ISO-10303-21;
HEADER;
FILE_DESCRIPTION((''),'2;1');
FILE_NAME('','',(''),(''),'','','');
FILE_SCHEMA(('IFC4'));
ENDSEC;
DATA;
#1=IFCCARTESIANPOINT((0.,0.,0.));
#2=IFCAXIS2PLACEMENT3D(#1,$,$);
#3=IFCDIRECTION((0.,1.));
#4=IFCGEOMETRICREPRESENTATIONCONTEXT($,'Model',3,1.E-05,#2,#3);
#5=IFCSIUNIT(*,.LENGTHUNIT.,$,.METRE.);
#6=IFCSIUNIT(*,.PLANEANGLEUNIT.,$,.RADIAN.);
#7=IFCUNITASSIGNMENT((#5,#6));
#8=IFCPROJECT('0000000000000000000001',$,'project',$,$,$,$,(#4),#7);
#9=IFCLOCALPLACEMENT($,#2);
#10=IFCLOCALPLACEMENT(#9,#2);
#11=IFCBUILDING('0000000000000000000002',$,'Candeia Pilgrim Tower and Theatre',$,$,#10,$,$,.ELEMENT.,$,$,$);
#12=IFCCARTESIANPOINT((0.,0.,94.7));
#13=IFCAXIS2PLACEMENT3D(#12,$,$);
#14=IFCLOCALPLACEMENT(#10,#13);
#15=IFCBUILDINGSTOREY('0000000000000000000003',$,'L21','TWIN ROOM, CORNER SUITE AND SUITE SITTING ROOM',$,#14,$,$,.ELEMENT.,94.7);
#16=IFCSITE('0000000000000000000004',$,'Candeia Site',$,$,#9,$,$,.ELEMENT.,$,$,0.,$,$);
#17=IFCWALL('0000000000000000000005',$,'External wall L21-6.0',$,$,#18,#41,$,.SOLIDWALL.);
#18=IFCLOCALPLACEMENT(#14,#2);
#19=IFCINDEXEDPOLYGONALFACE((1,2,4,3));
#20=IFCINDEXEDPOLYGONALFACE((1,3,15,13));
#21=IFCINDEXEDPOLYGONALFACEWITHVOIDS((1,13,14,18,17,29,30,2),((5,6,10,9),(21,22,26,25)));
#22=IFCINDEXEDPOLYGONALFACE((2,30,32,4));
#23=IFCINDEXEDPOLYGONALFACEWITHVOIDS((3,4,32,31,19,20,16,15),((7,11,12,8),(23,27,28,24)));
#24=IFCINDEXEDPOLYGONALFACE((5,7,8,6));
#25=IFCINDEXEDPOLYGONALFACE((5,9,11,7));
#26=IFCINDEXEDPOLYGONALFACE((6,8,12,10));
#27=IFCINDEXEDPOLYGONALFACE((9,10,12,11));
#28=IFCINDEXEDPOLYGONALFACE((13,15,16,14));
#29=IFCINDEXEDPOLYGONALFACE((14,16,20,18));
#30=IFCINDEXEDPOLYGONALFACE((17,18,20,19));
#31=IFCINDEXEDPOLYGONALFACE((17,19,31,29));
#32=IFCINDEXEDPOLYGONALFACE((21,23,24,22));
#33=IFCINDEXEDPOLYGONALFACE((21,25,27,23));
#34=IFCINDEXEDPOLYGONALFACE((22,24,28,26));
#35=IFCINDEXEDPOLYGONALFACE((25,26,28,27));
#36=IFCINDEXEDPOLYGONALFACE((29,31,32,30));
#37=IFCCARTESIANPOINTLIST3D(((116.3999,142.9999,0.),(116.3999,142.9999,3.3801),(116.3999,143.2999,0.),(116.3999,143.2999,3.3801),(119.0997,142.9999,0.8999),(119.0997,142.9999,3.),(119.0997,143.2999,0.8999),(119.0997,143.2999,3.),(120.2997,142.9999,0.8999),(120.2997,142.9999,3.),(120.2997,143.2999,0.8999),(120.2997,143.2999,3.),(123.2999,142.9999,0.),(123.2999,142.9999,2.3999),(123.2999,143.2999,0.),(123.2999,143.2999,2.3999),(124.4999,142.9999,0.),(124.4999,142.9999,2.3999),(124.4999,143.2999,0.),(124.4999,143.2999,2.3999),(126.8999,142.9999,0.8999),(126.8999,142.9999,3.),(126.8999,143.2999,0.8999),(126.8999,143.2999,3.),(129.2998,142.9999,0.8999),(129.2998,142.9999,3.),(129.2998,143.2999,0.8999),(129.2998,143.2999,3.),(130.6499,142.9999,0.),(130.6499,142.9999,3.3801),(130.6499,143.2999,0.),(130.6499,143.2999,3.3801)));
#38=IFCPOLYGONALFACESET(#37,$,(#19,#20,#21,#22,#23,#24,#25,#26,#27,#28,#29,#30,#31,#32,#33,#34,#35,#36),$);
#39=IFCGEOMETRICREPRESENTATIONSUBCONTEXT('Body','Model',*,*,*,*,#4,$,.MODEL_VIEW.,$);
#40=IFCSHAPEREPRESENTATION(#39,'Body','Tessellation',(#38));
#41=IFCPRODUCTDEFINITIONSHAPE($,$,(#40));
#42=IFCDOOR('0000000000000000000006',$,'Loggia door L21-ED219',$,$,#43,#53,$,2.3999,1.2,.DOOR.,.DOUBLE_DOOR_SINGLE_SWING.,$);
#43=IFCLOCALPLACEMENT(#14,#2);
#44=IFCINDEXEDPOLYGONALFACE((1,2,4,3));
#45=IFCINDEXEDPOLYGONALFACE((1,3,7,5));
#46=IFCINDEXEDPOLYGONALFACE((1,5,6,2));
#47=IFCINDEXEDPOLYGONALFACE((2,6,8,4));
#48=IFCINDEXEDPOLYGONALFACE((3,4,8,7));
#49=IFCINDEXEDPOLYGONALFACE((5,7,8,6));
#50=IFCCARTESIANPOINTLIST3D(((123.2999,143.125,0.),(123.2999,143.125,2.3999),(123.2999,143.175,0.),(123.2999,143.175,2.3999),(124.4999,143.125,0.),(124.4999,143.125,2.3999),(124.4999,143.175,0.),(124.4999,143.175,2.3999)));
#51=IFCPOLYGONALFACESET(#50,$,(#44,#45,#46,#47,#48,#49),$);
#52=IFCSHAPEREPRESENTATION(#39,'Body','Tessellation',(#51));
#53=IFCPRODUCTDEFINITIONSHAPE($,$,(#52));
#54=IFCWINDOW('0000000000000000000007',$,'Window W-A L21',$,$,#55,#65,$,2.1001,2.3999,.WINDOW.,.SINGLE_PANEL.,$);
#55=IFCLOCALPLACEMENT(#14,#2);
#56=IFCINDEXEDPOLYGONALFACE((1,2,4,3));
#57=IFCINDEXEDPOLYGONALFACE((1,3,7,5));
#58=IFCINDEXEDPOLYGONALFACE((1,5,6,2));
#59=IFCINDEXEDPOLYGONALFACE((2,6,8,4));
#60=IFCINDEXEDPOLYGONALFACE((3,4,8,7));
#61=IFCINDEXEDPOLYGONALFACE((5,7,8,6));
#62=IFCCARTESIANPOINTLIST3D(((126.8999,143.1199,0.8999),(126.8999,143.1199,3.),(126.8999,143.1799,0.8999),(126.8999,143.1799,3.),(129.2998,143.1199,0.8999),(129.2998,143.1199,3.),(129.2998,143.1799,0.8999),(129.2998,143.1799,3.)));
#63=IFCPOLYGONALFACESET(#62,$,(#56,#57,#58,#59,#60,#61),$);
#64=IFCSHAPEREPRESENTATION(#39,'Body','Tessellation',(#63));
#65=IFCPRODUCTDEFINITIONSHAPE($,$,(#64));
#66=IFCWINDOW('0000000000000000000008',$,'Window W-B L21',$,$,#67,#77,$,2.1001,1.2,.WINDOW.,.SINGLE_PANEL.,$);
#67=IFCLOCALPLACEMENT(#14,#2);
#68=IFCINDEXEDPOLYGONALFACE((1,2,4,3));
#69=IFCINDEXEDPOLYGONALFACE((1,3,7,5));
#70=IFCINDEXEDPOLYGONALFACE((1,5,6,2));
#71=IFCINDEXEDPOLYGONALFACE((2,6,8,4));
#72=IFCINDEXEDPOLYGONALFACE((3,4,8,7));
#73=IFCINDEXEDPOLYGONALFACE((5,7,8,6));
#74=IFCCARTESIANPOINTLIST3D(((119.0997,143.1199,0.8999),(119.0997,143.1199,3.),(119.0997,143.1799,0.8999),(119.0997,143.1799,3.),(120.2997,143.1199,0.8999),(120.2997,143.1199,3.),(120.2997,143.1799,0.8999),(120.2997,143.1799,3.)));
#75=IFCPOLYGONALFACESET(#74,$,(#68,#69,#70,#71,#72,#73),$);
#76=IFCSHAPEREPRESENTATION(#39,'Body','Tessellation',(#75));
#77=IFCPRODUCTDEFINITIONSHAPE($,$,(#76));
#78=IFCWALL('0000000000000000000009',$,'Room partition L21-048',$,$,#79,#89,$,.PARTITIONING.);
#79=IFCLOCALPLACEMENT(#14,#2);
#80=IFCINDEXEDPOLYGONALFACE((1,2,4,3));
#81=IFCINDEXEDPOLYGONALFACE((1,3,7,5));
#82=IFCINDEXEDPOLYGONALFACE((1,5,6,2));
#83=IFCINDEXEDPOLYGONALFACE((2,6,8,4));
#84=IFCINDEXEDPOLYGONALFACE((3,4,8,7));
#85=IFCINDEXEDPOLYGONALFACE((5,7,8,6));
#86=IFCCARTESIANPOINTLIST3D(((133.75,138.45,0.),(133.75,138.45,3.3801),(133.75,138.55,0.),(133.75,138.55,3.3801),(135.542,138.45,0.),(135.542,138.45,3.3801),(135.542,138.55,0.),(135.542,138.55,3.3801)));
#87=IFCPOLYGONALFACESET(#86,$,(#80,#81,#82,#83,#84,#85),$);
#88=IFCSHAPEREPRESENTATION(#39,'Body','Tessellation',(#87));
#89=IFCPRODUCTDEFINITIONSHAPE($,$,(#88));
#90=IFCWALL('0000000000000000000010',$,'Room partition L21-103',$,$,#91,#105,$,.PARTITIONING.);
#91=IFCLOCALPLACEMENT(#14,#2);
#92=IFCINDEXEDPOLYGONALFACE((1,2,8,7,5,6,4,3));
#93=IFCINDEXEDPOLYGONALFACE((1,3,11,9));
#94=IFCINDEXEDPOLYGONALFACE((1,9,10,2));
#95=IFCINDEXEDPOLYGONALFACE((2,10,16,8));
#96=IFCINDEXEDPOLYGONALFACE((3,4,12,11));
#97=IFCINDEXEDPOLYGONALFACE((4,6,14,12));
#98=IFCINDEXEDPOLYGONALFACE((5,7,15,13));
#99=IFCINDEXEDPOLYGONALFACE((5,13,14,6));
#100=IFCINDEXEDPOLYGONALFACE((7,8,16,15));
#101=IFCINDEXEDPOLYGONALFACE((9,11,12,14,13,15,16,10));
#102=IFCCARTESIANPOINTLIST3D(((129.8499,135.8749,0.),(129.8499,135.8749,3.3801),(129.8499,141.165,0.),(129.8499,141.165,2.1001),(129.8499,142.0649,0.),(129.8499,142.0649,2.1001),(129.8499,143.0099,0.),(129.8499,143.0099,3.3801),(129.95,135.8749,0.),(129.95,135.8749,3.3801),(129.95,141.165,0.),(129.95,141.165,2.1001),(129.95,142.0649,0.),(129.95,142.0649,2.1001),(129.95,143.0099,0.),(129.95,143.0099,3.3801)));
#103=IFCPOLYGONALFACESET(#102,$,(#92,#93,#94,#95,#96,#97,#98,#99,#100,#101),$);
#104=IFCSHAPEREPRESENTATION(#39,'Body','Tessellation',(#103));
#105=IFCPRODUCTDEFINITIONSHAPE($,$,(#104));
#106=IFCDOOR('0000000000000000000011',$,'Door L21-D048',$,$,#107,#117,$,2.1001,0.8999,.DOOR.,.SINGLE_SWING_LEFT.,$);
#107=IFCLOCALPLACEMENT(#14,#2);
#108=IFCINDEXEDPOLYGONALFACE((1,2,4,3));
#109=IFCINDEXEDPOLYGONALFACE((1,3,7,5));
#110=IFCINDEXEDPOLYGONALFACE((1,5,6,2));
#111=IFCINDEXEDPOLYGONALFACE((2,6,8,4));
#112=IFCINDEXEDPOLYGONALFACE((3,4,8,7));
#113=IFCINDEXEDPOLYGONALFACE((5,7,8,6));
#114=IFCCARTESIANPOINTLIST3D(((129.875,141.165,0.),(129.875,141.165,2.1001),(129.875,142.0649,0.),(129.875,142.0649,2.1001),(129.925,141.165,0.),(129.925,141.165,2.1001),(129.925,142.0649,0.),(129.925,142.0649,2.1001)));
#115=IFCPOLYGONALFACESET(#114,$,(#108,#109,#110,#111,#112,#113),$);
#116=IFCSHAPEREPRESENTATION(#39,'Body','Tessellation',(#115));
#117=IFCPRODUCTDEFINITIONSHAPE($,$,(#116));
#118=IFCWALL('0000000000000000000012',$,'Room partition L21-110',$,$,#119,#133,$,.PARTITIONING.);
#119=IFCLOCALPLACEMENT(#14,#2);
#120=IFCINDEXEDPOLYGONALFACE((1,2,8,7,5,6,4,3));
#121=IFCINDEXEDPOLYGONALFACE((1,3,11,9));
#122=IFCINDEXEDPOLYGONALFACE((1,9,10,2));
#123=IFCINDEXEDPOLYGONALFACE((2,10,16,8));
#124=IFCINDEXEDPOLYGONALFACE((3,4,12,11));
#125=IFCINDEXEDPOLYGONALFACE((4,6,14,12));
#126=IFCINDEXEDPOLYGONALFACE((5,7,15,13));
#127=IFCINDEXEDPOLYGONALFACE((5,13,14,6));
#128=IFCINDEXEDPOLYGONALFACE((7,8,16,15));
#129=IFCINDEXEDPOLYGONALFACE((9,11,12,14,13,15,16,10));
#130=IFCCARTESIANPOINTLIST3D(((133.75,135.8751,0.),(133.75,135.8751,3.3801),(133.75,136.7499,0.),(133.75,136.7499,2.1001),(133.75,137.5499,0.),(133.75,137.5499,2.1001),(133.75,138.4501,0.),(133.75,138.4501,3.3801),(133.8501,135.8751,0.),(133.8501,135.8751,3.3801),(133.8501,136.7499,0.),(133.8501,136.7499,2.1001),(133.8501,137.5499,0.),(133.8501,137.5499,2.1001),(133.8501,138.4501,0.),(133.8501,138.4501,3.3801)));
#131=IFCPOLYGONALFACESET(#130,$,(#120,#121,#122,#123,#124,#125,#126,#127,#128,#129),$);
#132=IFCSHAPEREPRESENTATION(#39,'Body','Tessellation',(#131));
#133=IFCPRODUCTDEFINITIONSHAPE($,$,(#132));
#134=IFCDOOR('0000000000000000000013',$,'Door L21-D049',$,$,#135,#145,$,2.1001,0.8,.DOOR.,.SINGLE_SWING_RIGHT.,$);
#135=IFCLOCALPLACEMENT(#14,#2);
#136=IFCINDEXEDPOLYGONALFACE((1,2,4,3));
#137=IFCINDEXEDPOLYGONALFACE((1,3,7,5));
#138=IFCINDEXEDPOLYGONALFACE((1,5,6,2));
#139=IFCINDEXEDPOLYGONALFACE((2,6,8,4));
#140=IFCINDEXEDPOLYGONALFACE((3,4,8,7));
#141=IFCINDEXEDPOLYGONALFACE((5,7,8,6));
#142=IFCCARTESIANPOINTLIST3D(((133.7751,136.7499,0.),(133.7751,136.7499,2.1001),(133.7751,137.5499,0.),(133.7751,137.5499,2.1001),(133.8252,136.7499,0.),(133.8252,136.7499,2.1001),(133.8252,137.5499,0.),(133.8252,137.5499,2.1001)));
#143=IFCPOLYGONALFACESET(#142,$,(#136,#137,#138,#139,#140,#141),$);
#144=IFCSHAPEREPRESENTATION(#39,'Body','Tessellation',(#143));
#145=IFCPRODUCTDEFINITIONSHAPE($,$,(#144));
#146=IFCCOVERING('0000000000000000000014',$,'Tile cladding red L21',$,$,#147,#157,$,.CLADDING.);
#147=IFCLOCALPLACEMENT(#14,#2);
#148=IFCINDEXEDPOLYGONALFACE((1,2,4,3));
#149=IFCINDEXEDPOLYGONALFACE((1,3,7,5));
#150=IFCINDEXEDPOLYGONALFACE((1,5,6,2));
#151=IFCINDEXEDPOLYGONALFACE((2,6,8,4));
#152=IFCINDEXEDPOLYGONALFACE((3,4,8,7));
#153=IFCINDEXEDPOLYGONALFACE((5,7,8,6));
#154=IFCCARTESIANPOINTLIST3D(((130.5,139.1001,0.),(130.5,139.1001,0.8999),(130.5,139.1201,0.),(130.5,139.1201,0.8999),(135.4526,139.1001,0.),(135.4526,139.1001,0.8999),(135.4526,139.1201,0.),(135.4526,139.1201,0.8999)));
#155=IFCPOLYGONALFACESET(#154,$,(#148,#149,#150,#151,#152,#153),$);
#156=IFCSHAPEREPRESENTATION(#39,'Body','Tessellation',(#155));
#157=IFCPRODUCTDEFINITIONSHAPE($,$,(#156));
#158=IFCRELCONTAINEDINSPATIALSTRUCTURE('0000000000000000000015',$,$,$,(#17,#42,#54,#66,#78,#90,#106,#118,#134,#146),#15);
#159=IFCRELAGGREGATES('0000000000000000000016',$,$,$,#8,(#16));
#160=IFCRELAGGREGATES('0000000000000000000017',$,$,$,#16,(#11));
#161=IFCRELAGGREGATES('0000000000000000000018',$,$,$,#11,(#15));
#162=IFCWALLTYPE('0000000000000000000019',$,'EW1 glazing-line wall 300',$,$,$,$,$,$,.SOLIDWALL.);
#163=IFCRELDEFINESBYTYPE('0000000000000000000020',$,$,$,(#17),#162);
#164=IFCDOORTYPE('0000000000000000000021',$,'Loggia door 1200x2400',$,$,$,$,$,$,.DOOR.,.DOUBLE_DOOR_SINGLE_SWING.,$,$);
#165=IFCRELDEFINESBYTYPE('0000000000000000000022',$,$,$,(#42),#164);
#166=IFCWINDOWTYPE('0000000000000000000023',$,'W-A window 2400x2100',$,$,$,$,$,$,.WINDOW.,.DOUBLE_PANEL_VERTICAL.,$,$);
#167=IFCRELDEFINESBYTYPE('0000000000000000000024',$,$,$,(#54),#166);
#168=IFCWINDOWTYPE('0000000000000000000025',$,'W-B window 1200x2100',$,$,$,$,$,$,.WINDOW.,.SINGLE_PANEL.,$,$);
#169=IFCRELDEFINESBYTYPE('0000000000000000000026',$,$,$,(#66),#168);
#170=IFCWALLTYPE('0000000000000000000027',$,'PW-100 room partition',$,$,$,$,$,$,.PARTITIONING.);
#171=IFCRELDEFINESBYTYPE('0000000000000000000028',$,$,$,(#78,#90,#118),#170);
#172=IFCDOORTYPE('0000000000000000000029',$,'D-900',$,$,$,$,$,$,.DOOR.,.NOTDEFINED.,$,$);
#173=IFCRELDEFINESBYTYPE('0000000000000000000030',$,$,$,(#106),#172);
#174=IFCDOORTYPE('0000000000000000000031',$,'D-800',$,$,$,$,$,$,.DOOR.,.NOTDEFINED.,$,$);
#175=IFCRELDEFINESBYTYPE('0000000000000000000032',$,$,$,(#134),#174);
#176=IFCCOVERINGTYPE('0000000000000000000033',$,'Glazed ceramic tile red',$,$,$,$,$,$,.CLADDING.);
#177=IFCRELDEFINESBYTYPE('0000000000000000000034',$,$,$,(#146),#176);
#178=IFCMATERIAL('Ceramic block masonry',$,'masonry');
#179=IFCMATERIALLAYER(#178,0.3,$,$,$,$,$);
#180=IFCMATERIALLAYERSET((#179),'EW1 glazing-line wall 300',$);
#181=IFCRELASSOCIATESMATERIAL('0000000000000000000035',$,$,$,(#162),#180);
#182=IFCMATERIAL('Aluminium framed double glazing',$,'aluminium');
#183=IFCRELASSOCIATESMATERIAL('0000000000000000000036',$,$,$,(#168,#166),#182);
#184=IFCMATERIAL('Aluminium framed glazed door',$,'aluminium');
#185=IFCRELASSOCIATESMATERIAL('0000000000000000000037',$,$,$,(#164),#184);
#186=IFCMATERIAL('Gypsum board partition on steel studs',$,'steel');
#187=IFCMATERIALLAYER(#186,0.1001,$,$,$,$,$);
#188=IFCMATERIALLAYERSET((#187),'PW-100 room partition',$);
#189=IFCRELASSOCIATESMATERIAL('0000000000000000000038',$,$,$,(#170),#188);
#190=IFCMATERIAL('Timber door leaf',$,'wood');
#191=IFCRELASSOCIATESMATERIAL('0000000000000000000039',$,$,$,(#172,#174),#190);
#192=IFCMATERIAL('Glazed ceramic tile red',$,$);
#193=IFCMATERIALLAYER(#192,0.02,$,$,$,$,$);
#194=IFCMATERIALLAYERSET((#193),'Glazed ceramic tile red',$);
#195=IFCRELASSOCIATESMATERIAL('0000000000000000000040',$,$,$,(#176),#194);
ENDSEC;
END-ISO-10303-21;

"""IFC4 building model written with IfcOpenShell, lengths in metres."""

from ifc_helpers import new_model, si_unit, direction, frame, frame_2d, origin, origin_2d, place, context, subcontext, project, spatial, rectangle, extrude, material, layer, layer_set, type_object, element, fill, save


model = new_model("IFC4")

# Units and contexts
model_context = context("Model", 3, precision=1e-05, world=origin(), true_north=direction((0.0, 1.0)))
body_context = subcontext(model_context, "Body", "Model", "MODEL_VIEW")
ifc_project = project(units=[si_unit("LENGTHUNIT", "METRE"), si_unit("PLANEANGLEUNIT", "RADIAN")], contexts=[model_context])

# Site, building, storey
site_placement = place(None, origin())
site = spatial("IfcSite", under=ifc_project, at=site_placement, Name="Candeia Site", CompositionType="ELEMENT", RefElevation=0.0)
building_placement = place(site_placement, origin())
building = spatial("IfcBuilding", under=site, at=building_placement, Name="Candeia Pilgrim Tower and Theatre", CompositionType="ELEMENT")
storey_placement = place(building_placement, frame((0.0, 0.0, 94.7)))
storey = spatial("IfcBuildingStorey", under=building, at=storey_placement, Name="L21", Description="TWIN ROOM, CORNER SUITE AND SUITE SITTING ROOM", CompositionType="ELEMENT", Elevation=94.7)

# Shared definitions
ifc_material_1 = material(Name="Ceramic block masonry", Category="masonry")
ifc_layer_1 = layer(ifc_material_1, 0.3)
ifc_layer_set_1 = layer_set([ifc_layer_1], Name="EW1 glazing-line wall 300")
wall_type_1 = type_object("IfcWallType", Name="EW1 glazing-line wall 300", PredefinedType="SOLIDWALL", material=ifc_layer_set_1)
ifc_material_2 = material(Name="Aluminium framed double glazing", Category="aluminium")
window_type_1 = type_object("IfcWindowType", Name="W-B window 1200x2100", PartitioningType="SINGLE_PANEL", PredefinedType="WINDOW", material=ifc_material_2)

# Shared definitions
window_type_2 = type_object("IfcWindowType", Name="W-A window 2400x2100", PartitioningType="DOUBLE_PANEL_VERTICAL", PredefinedType="WINDOW", material=ifc_material_2)

# Wall, openings, door, windows
wall_1_placement = place(storey_placement, frame((130.6499, 143.1499, 0.0), z_axis=(0.0, 0.0, 1.0), x_axis=(-1.0, 0.0, 0.0)))
wall_1 = element("IfcWall", 1, at=wall_1_placement, inside=storey, type_object=wall_type_1, Name="External wall L21-6.0", PredefinedType="SOLIDWALL", context=body_context, shape_type="SweptSolid", body=[
    extrude(rectangle(XDim=14.25, YDim=0.3, at=frame_2d((7.125, 0.0))), origin(), (0.0, 0.0, 1.0), 3.3801),
])
opening_1_placement = place(wall_1_placement, frame((1.3501, 0.0, 0.8999)))
opening_1 = element("IfcOpeningElement", 2, at=opening_1_placement, cuts=wall_1, PredefinedType="OPENING", context=body_context, shape_type="SweptSolid", body=[
    extrude(rectangle(XDim=2.3999, YDim=2.1001, at=frame_2d((1.2, 1.05))), frame((0.0, 0.1602, 0.0), z_axis=(0.0, -1.0, 0.0), x_axis=(1.0, 0.0, 0.0)), (0.0, 0.0, 1.0), 0.3201),
])
opening_2_placement = place(wall_1_placement, frame((6.1499, 0.0, 0.0)))
opening_2 = element("IfcOpeningElement", 3, at=opening_2_placement, cuts=wall_1, PredefinedType="OPENING", context=body_context, shape_type="SweptSolid", body=[
    extrude(rectangle(XDim=1.2, YDim=2.3999, at=frame_2d((0.6001, 1.2))), frame((0.0, 0.1602, 0.0), z_axis=(0.0, -1.0, 0.0), x_axis=(1.0, 0.0, 0.0)), (0.0, 0.0, 1.0), 0.3201),
])
opening_3_placement = place(wall_1_placement, frame((10.3501, 0.0, 0.8999)))
opening_3 = element("IfcOpeningElement", 4, at=opening_3_placement, cuts=wall_1, PredefinedType="OPENING", context=body_context, shape_type="SweptSolid", body=[
    extrude(rectangle(XDim=1.2, YDim=2.1001, at=frame_2d((0.6001, 1.05))), frame((0.0, 0.1602, 0.0), z_axis=(0.0, -1.0, 0.0), x_axis=(1.0, 0.0, 0.0)), (0.0, 0.0, 1.0), 0.3201),
])
ifc_material_3 = material(Name="Aluminium framed glazed door", Category="aluminium")
door_type_1 = type_object("IfcDoorType", Name="Loggia door 1200x2400", OperationType="DOUBLE_DOOR_SINGLE_SWING", PredefinedType="DOOR", material=ifc_material_3)
door_1_placement = place(opening_2_placement, origin())
door_1 = element("IfcDoor", 5, at=door_1_placement, inside=storey, type_object=door_type_1, Name="Loggia door L21-ED219", OperationType="DOUBLE_DOOR_SINGLE_SWING", OverallHeight=2.3999, OverallWidth=1.2, PredefinedType="DOOR", context=body_context, shape_type="SweptSolid", body=[
    extrude(rectangle(XDim=1.2, YDim=2.3999, at=frame_2d((0.6001, 1.2))), frame((0.0, 0.0249, 0.0), z_axis=(0.0, -1.0, 0.0), x_axis=(1.0, 0.0, 0.0)), (0.0, 0.0, 1.0), 0.05),
])
fill(opening_2, door_1)
window_1_placement = place(opening_1_placement, origin())
window_1 = element("IfcWindow", 6, at=window_1_placement, inside=storey, type_object=window_type_2, Name="Window W-A L21", OverallHeight=2.1001, OverallWidth=2.3999, PartitioningType="SINGLE_PANEL", PredefinedType="WINDOW", context=body_context, shape_type="SweptSolid", body=[
    extrude(rectangle(XDim=2.3999, YDim=2.1001, at=frame_2d((1.2, 1.05))), frame((0.0, 0.03, 0.0), z_axis=(0.0, -1.0, 0.0), x_axis=(1.0, 0.0, 0.0)), (0.0, 0.0, 1.0), 0.0601),
])
fill(opening_1, window_1)
window_2_placement = place(opening_3_placement, origin())
window_2 = element("IfcWindow", 7, at=window_2_placement, inside=storey, type_object=window_type_1, Name="Window W-B L21", OverallHeight=2.1001, OverallWidth=1.2, PartitioningType="SINGLE_PANEL", PredefinedType="WINDOW", context=body_context, shape_type="SweptSolid", body=[
    extrude(rectangle(XDim=1.2, YDim=2.1001, at=frame_2d((0.6001, 1.05))), frame((0.0, 0.03, 0.0), z_axis=(0.0, -1.0, 0.0), x_axis=(1.0, 0.0, 0.0)), (0.0, 0.0, 1.0), 0.0601),
])
fill(opening_3, window_2)

# Wall
ifc_material_4 = material(Name="Gypsum board partition on steel studs", Category="steel")
ifc_layer_2 = layer(ifc_material_4, 0.1001)
ifc_layer_set_2 = layer_set([ifc_layer_2], Name="PW-100 room partition")
wall_type_2 = type_object("IfcWallType", Name="PW-100 room partition", PredefinedType="PARTITIONING", material=ifc_layer_set_2)
wall_2_placement = place(storey_placement, frame((133.75, 138.5, 0.0), z_axis=(0.0, 0.0, 1.0), x_axis=(1.0, 0.0, 0.0)))
element("IfcWall", 8, at=wall_2_placement, inside=storey, type_object=wall_type_2, Name="Room partition L21-048", PredefinedType="PARTITIONING", context=body_context, shape_type="SweptSolid", body=[
    extrude(rectangle(XDim=1.792, YDim=0.1001, at=frame_2d((0.896, 0.0))), origin(), (0.0, 0.0, 1.0), 3.3801),
])

# Walls, openings, doors
wall_3_placement = place(storey_placement, frame((129.8999, 135.875, 0.0), z_axis=(0.0, 0.0, 1.0), x_axis=(0.0, 1.0, 0.0)))
wall_3 = element("IfcWall", 9, at=wall_3_placement, inside=storey, type_object=wall_type_2, Name="Room partition L21-103", PredefinedType="PARTITIONING", context=body_context, shape_type="SweptSolid", body=[
    extrude(rectangle(XDim=7.135, YDim=0.1001, at=frame_2d((3.5674, 0.0))), origin(), (0.0, 0.0, 1.0), 3.3801),
])
opening_4_placement = place(wall_3_placement, frame((5.29, 0.0, 0.0)))
opening_4 = element("IfcOpeningElement", 10, at=opening_4_placement, cuts=wall_3, PredefinedType="OPENING", context=body_context, shape_type="SweptSolid", body=[
    extrude(rectangle(XDim=0.8999, YDim=2.1001, at=frame_2d((0.45, 1.05))), frame((0.0, 0.0601, 0.0), z_axis=(0.0, -1.0, 0.0), x_axis=(1.0, 0.0, 0.0)), (0.0, 0.0, 1.0), 0.1201),
])
ifc_material_5 = material(Name="Timber door leaf", Category="wood")
door_type_2 = type_object("IfcDoorType", Name="D-900", OperationType="NOTDEFINED", PredefinedType="DOOR", material=ifc_material_5)
door_2_placement = place(opening_4_placement, origin())
door_2 = element("IfcDoor", 11, at=door_2_placement, inside=storey, type_object=door_type_2, Name="Door L21-D048", OperationType="SINGLE_SWING_LEFT", OverallHeight=2.1001, OverallWidth=0.8999, PredefinedType="DOOR", context=body_context, shape_type="SweptSolid", body=[
    extrude(rectangle(XDim=0.8999, YDim=2.1001, at=frame_2d((0.45, 1.05))), frame((0.0, 0.0249, 0.0), z_axis=(0.0, -1.0, 0.0), x_axis=(1.0, 0.0, 0.0)), (0.0, 0.0, 1.0), 0.05),
])
fill(opening_4, door_2)
wall_4_placement = place(storey_placement, frame((133.8, 135.875, 0.0), z_axis=(0.0, 0.0, 1.0), x_axis=(0.0, 1.0, 0.0)))
wall_4 = element("IfcWall", 12, at=wall_4_placement, inside=storey, type_object=wall_type_2, Name="Room partition L21-110", PredefinedType="PARTITIONING", context=body_context, shape_type="SweptSolid", body=[
    extrude(rectangle(XDim=2.575, YDim=0.1001, at=frame_2d((1.2876, 0.0))), origin(), (0.0, 0.0, 1.0), 3.3801),
])
opening_5_placement = place(wall_4_placement, frame((0.875, 0.0, 0.0)))
opening_5 = element("IfcOpeningElement", 13, at=opening_5_placement, cuts=wall_4, PredefinedType="OPENING", context=body_context, shape_type="SweptSolid", body=[
    extrude(rectangle(XDim=0.8, YDim=2.1001, at=frame_2d((0.3999, 1.05))), frame((0.0, 0.0601, 0.0), z_axis=(0.0, -1.0, 0.0), x_axis=(1.0, 0.0, 0.0)), (0.0, 0.0, 1.0), 0.1201),
])
door_type_3 = type_object("IfcDoorType", Name="D-800", OperationType="NOTDEFINED", PredefinedType="DOOR", material=ifc_material_5)
door_3_placement = place(opening_5_placement, origin())
door_3 = element("IfcDoor", 14, at=door_3_placement, inside=storey, type_object=door_type_3, Name="Door L21-D049", OperationType="SINGLE_SWING_RIGHT", OverallHeight=2.1001, OverallWidth=0.8, PredefinedType="DOOR", context=body_context, shape_type="SweptSolid", body=[
    extrude(rectangle(XDim=0.8, YDim=2.1001, at=frame_2d((0.3999, 1.05))), frame((0.0, 0.0249, 0.0), z_axis=(0.0, -1.0, 0.0), x_axis=(1.0, 0.0, 0.0)), (0.0, 0.0, 1.0), 0.05),
])
fill(opening_5, door_3)

# Covering
ifc_material_6 = material(Name="Glazed ceramic tile red")
ifc_layer_3 = layer(ifc_material_6, 0.02)
ifc_layer_set_3 = layer_set([ifc_layer_3], Name="Glazed ceramic tile red")
covering_type_1 = type_object("IfcCoveringType", Name="Glazed ceramic tile red", PredefinedType="CLADDING", material=ifc_layer_set_3)
covering_1_placement = place(storey_placement, frame((132.9763, 139.1101, 0.0), z_axis=(0.0, 0.0, 1.0), x_axis=(-1.0, 0.0, 0.0)))
element("IfcCovering", 15, at=covering_1_placement, inside=storey, type_object=covering_type_1, Name="Tile cladding red L21", PredefinedType="CLADDING", context=body_context, shape_type="SweptSolid", body=[
    extrude(rectangle(XDim=4.9526, YDim=0.02, at=origin_2d()), origin(), (0.0, 0.0, 1.0), 0.8999),
])

save(model, "model.ifc")
